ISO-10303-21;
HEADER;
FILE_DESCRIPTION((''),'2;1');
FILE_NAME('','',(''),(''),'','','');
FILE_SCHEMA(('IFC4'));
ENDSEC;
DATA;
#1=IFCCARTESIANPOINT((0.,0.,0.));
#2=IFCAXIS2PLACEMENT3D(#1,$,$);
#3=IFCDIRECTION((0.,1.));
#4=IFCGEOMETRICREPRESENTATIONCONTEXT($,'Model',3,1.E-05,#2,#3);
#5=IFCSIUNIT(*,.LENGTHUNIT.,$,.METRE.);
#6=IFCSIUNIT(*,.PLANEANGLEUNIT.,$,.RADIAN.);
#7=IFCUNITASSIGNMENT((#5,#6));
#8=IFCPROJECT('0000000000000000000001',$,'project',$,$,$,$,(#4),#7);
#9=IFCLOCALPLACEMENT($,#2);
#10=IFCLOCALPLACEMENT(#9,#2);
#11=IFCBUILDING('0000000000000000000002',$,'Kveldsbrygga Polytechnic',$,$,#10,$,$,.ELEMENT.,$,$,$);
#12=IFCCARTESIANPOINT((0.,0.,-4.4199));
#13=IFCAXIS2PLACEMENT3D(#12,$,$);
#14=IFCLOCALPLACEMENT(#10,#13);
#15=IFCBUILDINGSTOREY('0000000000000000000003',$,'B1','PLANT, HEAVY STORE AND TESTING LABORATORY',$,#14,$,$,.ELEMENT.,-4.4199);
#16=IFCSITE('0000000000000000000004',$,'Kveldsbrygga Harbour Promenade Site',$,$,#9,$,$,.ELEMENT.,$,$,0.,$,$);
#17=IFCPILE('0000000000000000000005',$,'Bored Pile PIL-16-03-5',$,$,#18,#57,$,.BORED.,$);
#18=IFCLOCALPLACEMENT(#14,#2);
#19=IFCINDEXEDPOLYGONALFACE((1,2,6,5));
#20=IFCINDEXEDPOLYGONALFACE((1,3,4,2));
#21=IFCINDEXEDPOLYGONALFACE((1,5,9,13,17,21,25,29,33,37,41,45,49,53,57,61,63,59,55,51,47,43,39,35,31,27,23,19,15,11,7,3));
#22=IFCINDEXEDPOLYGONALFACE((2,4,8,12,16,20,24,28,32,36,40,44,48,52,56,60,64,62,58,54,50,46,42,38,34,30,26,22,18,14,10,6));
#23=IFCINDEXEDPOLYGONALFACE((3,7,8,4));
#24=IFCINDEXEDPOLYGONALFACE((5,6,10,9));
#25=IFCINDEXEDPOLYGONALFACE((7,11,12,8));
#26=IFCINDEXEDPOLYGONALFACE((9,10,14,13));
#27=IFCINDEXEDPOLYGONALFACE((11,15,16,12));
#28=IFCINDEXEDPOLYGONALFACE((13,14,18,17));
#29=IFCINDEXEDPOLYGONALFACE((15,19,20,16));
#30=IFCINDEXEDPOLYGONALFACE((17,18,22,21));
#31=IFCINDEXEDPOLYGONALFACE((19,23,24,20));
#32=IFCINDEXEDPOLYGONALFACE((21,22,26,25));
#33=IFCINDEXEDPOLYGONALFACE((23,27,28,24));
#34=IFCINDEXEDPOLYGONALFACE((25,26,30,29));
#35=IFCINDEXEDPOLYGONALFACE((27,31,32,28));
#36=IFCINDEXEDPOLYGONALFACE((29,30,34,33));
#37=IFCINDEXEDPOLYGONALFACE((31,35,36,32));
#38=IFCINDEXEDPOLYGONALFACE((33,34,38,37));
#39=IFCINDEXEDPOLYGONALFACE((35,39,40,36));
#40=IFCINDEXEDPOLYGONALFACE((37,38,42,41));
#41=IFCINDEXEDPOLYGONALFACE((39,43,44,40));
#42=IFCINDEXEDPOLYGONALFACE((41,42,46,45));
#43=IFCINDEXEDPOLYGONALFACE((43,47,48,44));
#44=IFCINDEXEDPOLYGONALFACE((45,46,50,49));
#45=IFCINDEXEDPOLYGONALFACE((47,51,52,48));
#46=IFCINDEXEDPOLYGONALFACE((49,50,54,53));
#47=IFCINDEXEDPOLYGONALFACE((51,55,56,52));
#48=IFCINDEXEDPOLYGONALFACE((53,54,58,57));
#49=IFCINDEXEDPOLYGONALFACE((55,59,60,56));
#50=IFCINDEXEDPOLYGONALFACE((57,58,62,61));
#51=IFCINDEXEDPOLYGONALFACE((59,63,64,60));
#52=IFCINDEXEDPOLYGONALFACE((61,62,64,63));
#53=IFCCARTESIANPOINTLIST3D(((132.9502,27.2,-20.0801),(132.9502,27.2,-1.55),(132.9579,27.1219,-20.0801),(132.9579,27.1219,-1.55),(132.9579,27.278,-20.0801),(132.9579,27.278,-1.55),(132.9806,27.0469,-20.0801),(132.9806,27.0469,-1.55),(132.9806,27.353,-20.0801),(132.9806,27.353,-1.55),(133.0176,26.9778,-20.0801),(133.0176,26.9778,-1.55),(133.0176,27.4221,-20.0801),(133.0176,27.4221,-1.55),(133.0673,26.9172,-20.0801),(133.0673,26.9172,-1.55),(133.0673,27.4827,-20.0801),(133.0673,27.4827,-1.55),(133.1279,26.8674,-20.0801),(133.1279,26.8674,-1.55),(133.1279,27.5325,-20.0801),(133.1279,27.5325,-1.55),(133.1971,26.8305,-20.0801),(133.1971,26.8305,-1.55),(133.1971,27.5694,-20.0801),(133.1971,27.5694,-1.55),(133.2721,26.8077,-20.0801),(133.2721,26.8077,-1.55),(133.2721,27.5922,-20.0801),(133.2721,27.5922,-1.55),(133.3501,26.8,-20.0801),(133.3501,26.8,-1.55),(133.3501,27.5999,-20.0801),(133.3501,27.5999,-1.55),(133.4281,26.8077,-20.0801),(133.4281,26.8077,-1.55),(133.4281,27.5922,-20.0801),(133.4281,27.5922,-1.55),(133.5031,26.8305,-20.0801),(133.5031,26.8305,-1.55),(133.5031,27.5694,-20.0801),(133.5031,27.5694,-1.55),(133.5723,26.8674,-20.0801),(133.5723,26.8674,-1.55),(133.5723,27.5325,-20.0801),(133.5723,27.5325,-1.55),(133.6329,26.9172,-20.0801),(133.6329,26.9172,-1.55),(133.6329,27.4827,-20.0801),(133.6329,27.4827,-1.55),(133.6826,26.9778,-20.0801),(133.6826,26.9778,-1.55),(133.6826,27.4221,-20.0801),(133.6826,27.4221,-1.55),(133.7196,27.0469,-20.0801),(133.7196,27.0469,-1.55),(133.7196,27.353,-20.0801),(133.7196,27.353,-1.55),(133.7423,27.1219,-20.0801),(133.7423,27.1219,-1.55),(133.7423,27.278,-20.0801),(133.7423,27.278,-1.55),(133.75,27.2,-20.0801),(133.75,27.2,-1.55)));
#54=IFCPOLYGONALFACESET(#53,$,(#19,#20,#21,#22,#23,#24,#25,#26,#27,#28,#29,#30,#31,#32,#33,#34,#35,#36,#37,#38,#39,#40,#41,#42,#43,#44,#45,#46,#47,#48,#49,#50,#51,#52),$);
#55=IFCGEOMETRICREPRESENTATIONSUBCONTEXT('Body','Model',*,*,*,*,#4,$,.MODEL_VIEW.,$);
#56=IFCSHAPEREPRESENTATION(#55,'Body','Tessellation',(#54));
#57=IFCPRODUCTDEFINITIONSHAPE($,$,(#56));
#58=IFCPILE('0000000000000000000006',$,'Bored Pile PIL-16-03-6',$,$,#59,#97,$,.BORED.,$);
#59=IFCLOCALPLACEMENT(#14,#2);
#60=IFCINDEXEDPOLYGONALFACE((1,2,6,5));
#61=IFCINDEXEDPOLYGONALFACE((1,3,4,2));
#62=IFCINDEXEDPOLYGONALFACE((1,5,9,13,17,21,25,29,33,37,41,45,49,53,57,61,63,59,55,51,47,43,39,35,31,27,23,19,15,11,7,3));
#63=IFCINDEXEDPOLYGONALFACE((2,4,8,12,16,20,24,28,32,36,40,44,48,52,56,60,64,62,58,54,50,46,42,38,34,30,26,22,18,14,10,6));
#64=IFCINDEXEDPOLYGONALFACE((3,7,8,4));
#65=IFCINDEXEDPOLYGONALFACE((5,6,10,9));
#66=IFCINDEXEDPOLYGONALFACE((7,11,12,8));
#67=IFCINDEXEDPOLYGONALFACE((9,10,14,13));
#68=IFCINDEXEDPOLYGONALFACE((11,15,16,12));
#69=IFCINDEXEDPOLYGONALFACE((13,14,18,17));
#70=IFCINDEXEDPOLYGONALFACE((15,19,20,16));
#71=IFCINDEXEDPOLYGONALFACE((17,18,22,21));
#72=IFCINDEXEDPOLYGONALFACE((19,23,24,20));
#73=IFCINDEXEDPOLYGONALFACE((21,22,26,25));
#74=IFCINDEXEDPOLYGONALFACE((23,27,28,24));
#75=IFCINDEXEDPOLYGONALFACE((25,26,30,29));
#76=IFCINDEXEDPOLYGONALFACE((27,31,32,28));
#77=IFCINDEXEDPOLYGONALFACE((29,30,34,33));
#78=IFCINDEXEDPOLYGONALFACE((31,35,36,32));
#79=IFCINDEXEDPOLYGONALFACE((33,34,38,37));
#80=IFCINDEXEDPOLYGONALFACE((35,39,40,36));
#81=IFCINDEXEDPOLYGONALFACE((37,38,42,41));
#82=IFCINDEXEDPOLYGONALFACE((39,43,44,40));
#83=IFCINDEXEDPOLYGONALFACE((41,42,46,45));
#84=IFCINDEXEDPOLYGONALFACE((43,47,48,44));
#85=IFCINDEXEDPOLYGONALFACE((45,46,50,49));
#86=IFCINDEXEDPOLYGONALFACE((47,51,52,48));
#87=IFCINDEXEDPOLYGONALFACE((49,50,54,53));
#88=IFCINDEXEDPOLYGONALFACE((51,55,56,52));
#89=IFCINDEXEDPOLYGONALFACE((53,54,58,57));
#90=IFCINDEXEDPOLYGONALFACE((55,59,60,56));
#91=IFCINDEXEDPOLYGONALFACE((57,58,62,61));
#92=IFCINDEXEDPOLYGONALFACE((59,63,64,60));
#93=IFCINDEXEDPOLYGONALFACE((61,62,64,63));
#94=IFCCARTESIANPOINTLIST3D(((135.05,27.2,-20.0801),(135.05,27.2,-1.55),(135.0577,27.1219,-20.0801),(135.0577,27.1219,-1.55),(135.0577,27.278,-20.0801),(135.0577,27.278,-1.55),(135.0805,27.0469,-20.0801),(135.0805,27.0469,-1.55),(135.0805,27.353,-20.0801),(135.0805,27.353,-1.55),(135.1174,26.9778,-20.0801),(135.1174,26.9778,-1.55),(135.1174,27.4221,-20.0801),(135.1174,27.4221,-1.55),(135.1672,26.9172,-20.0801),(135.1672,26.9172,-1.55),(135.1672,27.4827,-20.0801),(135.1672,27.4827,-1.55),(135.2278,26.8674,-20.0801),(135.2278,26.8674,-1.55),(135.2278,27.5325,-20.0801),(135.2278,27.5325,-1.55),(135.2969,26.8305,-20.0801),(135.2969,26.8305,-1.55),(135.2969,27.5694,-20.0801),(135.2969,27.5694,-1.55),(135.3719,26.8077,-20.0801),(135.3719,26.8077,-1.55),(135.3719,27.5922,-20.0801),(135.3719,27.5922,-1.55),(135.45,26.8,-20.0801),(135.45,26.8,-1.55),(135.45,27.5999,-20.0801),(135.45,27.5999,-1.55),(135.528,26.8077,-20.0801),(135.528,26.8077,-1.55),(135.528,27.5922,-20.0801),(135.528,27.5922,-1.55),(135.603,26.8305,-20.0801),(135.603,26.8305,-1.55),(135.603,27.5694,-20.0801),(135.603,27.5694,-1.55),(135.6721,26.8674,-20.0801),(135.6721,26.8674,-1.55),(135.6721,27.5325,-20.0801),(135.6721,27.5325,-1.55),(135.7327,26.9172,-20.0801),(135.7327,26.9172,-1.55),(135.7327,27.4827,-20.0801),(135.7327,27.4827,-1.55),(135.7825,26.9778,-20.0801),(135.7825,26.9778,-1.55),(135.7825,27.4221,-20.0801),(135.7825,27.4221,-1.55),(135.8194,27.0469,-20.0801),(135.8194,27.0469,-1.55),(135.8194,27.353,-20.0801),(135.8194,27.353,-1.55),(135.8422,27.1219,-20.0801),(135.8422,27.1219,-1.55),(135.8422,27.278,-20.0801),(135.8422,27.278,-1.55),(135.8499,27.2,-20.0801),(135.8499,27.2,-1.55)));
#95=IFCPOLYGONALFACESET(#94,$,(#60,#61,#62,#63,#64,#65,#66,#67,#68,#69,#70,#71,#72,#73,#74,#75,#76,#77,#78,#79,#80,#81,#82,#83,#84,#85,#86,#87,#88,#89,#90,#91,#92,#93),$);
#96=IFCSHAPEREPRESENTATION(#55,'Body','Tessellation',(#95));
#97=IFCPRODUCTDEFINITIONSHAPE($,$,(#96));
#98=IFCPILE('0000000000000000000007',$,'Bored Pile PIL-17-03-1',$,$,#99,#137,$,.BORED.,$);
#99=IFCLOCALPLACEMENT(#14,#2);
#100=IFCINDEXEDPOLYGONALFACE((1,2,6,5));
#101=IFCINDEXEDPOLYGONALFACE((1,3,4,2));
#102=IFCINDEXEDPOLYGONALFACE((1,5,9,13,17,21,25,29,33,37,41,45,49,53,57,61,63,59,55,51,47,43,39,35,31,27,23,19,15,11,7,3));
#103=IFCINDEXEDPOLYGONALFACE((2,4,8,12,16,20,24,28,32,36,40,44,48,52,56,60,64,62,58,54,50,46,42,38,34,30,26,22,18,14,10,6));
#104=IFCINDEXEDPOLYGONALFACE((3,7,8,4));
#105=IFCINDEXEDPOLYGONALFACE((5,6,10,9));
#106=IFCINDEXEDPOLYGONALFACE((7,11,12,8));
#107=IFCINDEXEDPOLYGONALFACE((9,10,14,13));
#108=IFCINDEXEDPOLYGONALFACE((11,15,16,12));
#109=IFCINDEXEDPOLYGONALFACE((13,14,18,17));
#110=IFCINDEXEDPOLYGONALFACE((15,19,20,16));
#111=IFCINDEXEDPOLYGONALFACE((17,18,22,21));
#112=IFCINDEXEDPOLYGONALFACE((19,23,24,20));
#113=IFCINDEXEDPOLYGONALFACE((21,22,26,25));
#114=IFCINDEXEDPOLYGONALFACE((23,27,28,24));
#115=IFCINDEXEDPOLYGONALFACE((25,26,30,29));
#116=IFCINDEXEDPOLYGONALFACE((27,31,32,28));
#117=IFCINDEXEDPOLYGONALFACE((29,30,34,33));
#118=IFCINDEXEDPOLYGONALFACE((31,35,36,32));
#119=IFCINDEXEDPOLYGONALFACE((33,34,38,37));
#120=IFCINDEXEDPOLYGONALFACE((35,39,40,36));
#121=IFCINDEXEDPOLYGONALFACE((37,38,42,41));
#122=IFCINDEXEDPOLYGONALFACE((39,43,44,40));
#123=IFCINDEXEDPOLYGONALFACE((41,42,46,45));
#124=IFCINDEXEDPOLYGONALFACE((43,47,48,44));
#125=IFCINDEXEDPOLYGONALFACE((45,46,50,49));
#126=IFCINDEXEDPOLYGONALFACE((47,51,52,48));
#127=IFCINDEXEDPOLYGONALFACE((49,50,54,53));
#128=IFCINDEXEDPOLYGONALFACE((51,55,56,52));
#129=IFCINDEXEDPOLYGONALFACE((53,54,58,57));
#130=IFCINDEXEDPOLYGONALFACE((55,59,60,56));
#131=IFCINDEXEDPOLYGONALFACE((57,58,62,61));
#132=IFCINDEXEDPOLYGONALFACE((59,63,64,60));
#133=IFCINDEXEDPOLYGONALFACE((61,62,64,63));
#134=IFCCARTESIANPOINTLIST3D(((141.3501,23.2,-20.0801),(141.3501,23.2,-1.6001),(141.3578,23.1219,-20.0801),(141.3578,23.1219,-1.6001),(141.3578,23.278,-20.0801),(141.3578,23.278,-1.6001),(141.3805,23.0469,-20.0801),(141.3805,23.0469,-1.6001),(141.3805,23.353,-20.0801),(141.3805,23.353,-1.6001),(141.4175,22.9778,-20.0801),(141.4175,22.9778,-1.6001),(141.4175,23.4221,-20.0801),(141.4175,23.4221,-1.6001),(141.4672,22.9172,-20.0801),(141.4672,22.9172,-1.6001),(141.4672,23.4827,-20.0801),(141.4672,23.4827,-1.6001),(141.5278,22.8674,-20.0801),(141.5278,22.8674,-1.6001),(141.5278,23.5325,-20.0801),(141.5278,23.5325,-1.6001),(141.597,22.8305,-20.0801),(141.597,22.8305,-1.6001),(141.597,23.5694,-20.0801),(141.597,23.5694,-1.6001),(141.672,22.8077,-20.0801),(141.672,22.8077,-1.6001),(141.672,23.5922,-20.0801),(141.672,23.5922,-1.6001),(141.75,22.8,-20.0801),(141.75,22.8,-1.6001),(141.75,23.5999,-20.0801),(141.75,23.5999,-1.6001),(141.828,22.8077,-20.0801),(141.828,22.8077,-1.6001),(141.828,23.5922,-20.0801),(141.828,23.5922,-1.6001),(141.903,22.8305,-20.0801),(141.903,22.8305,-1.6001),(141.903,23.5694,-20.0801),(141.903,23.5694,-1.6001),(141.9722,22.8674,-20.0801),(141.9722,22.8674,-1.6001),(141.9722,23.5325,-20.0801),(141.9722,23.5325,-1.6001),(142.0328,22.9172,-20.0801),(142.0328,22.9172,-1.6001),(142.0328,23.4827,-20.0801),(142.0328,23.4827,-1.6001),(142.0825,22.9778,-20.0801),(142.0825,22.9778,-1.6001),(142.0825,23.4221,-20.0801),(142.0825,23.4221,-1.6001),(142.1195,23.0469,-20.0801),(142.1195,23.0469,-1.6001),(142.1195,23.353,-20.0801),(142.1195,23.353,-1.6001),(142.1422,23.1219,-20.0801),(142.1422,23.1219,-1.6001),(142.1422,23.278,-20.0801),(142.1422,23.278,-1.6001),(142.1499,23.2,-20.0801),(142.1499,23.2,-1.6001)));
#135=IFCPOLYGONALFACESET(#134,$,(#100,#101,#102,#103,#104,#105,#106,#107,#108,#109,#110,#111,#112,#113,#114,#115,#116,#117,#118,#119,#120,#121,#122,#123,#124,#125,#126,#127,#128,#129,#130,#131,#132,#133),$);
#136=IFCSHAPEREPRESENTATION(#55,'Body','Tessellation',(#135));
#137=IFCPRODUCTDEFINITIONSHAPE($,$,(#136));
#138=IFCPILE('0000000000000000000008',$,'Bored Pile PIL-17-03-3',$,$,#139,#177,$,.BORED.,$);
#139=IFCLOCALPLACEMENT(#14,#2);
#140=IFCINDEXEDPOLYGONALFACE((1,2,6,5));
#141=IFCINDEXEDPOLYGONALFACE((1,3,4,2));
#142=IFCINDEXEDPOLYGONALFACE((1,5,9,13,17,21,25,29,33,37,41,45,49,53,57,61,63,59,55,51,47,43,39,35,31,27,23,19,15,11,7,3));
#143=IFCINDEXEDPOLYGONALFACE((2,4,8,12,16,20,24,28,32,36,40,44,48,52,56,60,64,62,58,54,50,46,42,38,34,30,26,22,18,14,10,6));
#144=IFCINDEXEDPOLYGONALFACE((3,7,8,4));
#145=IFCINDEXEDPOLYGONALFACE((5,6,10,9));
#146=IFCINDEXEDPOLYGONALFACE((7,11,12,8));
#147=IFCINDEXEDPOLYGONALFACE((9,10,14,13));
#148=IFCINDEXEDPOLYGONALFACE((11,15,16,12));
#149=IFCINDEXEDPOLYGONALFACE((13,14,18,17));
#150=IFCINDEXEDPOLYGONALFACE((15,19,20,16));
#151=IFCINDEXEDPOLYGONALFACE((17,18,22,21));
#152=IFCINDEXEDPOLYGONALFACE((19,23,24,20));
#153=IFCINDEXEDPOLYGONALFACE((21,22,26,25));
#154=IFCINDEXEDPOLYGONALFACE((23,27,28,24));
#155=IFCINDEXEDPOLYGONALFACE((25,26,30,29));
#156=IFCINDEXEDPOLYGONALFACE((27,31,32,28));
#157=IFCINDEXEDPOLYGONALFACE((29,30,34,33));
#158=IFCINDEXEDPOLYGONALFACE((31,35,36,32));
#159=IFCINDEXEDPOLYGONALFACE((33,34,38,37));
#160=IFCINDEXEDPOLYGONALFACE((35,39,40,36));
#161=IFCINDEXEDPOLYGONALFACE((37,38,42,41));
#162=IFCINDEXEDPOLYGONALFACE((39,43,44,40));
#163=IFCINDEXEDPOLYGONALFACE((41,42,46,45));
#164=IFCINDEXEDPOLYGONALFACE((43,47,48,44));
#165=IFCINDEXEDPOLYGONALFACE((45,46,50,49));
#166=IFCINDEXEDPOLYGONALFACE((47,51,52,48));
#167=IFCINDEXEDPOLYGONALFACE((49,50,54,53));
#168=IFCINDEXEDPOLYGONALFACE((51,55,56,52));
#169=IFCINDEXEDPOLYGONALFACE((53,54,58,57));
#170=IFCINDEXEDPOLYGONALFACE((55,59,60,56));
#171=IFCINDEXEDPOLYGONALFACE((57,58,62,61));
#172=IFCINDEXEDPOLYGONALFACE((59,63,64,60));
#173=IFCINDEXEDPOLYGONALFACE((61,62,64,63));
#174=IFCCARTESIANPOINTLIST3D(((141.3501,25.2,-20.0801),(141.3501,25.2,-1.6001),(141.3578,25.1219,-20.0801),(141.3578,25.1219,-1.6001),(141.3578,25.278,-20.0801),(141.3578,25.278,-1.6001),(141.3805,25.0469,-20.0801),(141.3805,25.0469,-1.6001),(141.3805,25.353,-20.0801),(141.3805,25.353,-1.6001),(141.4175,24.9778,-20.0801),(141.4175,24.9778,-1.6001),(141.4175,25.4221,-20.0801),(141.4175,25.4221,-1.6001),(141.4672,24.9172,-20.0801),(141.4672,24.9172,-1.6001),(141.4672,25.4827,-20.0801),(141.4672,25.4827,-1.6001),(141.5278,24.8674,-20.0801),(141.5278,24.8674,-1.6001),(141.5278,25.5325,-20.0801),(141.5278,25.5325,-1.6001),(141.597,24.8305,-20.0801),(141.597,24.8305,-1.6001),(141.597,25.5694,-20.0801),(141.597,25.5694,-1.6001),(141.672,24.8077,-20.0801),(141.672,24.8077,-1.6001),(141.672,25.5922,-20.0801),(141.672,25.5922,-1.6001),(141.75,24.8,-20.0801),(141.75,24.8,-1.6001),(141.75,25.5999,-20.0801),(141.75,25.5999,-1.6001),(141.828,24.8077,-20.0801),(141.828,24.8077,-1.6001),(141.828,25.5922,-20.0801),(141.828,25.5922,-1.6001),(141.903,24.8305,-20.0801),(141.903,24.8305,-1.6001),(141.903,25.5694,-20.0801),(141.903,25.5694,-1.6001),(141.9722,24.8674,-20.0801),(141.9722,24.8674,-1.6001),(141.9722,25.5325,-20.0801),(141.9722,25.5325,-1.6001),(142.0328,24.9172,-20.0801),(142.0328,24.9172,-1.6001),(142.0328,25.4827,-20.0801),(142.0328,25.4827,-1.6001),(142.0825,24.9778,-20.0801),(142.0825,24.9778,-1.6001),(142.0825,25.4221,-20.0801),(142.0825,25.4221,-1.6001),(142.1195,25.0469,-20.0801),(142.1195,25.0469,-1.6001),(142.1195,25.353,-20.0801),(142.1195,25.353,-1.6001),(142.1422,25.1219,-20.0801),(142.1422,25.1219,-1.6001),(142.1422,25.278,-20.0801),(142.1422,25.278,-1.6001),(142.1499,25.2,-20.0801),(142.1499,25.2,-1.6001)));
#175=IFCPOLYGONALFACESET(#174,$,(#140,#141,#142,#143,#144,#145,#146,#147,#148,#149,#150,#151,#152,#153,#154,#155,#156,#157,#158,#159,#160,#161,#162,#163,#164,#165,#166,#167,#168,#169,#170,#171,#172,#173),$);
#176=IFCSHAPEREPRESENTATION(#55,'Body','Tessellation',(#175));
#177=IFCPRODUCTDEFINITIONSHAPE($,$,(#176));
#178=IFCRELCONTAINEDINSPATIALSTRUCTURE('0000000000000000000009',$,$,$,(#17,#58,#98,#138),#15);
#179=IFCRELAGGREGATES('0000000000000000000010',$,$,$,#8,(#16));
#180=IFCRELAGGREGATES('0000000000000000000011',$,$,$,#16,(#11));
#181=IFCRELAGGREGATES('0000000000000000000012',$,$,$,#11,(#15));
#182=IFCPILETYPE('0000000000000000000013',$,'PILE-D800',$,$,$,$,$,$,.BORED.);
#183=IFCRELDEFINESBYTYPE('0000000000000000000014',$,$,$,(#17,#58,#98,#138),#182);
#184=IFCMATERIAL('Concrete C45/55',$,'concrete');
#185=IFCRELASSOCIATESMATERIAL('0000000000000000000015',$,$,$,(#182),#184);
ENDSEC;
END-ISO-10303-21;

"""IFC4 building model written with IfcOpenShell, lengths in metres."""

from ifc_helpers import new_model, si_unit, direction, frame, origin, origin_2d, place, context, subcontext, project, spatial, circle, extrude, material, material_profile, profile_set, type_object, element, save


model = new_model("IFC4")

# Units and contexts
model_context = context("Model", 3, precision=1e-05, world=origin(), true_north=direction((0.0, 1.0)))
body_context = subcontext(model_context, "Body", "Model", "MODEL_VIEW")
ifc_project = project(units=[si_unit("LENGTHUNIT", "METRE"), si_unit("PLANEANGLEUNIT", "RADIAN")], contexts=[model_context])

# Site, building, storey
site_placement = place(None, origin())
site = spatial("IfcSite", under=ifc_project, at=site_placement, Name="Kveldsbrygga Harbour Promenade Site", CompositionType="ELEMENT", RefElevation=0.0)
building_placement = place(site_placement, origin())
building = spatial("IfcBuilding", under=site, at=building_placement, Name="Kveldsbrygga Polytechnic", CompositionType="ELEMENT")
storey_placement = place(building_placement, frame((0.0, 0.0, -4.4199)))
storey = spatial("IfcBuildingStorey", under=building, at=storey_placement, Name="B1", Description="PLANT, HEAVY STORE AND TESTING LABORATORY", CompositionType="ELEMENT", Elevation=-4.4199)

# Shared definitions
ifc_material_1 = material(Name="Concrete C45/55", Category="concrete")

# Piles
ifc_material_profile_1 = material_profile(ifc_material_1, circle(Radius=0.3999, at=origin_2d()), Name="PILE D800")
ifc_profile_set_1 = profile_set([ifc_material_profile_1], Name="Concrete C45/55")
pile_type = type_object("IfcPileType", Name="PILE-D800", PredefinedType="BORED", material=ifc_profile_set_1)
for number, where, z_axis, x_axis, name in (
    (1, (133.3501, 27.2, -1.55), (0.0, 0.0, -1.0), (1.0, 0.0, 0.0), "Bored Pile PIL-16-03-5"),
    (2, (135.45, 27.2, -1.55), (0.0, 0.0, -1.0), (1.0, 0.0, 0.0), "Bored Pile PIL-16-03-6"),
):
    element("IfcPile", number, at=place(storey_placement, frame(where, z_axis=z_axis, x_axis=x_axis)), inside=storey, type_object=pile_type, Name=name, PredefinedType="BORED", context=body_context, shape_type="SweptSolid", body=[
        extrude(circle(Radius=0.3999, at=origin_2d()), origin(), (0.0, 0.0, 1.0), 18.53),
    ])
for number, where, z_axis, x_axis, name in (
    (3, (141.75, 23.2, -1.6001), (0.0, 0.0, -1.0), (1.0, 0.0, 0.0), "Bored Pile PIL-17-03-1"),
    (4, (141.75, 25.2, -1.6001), (0.0, 0.0, -1.0), (1.0, 0.0, 0.0), "Bored Pile PIL-17-03-3"),
):
    element("IfcPile", number, at=place(storey_placement, frame(where, z_axis=z_axis, x_axis=x_axis)), inside=storey, type_object=pile_type, Name=name, PredefinedType="BORED", context=body_context, shape_type="SweptSolid", body=[
        extrude(circle(Radius=0.3999, at=origin_2d()), origin(), (0.0, 0.0, 1.0), 18.48),
    ])

save(model, "model.ifc")
